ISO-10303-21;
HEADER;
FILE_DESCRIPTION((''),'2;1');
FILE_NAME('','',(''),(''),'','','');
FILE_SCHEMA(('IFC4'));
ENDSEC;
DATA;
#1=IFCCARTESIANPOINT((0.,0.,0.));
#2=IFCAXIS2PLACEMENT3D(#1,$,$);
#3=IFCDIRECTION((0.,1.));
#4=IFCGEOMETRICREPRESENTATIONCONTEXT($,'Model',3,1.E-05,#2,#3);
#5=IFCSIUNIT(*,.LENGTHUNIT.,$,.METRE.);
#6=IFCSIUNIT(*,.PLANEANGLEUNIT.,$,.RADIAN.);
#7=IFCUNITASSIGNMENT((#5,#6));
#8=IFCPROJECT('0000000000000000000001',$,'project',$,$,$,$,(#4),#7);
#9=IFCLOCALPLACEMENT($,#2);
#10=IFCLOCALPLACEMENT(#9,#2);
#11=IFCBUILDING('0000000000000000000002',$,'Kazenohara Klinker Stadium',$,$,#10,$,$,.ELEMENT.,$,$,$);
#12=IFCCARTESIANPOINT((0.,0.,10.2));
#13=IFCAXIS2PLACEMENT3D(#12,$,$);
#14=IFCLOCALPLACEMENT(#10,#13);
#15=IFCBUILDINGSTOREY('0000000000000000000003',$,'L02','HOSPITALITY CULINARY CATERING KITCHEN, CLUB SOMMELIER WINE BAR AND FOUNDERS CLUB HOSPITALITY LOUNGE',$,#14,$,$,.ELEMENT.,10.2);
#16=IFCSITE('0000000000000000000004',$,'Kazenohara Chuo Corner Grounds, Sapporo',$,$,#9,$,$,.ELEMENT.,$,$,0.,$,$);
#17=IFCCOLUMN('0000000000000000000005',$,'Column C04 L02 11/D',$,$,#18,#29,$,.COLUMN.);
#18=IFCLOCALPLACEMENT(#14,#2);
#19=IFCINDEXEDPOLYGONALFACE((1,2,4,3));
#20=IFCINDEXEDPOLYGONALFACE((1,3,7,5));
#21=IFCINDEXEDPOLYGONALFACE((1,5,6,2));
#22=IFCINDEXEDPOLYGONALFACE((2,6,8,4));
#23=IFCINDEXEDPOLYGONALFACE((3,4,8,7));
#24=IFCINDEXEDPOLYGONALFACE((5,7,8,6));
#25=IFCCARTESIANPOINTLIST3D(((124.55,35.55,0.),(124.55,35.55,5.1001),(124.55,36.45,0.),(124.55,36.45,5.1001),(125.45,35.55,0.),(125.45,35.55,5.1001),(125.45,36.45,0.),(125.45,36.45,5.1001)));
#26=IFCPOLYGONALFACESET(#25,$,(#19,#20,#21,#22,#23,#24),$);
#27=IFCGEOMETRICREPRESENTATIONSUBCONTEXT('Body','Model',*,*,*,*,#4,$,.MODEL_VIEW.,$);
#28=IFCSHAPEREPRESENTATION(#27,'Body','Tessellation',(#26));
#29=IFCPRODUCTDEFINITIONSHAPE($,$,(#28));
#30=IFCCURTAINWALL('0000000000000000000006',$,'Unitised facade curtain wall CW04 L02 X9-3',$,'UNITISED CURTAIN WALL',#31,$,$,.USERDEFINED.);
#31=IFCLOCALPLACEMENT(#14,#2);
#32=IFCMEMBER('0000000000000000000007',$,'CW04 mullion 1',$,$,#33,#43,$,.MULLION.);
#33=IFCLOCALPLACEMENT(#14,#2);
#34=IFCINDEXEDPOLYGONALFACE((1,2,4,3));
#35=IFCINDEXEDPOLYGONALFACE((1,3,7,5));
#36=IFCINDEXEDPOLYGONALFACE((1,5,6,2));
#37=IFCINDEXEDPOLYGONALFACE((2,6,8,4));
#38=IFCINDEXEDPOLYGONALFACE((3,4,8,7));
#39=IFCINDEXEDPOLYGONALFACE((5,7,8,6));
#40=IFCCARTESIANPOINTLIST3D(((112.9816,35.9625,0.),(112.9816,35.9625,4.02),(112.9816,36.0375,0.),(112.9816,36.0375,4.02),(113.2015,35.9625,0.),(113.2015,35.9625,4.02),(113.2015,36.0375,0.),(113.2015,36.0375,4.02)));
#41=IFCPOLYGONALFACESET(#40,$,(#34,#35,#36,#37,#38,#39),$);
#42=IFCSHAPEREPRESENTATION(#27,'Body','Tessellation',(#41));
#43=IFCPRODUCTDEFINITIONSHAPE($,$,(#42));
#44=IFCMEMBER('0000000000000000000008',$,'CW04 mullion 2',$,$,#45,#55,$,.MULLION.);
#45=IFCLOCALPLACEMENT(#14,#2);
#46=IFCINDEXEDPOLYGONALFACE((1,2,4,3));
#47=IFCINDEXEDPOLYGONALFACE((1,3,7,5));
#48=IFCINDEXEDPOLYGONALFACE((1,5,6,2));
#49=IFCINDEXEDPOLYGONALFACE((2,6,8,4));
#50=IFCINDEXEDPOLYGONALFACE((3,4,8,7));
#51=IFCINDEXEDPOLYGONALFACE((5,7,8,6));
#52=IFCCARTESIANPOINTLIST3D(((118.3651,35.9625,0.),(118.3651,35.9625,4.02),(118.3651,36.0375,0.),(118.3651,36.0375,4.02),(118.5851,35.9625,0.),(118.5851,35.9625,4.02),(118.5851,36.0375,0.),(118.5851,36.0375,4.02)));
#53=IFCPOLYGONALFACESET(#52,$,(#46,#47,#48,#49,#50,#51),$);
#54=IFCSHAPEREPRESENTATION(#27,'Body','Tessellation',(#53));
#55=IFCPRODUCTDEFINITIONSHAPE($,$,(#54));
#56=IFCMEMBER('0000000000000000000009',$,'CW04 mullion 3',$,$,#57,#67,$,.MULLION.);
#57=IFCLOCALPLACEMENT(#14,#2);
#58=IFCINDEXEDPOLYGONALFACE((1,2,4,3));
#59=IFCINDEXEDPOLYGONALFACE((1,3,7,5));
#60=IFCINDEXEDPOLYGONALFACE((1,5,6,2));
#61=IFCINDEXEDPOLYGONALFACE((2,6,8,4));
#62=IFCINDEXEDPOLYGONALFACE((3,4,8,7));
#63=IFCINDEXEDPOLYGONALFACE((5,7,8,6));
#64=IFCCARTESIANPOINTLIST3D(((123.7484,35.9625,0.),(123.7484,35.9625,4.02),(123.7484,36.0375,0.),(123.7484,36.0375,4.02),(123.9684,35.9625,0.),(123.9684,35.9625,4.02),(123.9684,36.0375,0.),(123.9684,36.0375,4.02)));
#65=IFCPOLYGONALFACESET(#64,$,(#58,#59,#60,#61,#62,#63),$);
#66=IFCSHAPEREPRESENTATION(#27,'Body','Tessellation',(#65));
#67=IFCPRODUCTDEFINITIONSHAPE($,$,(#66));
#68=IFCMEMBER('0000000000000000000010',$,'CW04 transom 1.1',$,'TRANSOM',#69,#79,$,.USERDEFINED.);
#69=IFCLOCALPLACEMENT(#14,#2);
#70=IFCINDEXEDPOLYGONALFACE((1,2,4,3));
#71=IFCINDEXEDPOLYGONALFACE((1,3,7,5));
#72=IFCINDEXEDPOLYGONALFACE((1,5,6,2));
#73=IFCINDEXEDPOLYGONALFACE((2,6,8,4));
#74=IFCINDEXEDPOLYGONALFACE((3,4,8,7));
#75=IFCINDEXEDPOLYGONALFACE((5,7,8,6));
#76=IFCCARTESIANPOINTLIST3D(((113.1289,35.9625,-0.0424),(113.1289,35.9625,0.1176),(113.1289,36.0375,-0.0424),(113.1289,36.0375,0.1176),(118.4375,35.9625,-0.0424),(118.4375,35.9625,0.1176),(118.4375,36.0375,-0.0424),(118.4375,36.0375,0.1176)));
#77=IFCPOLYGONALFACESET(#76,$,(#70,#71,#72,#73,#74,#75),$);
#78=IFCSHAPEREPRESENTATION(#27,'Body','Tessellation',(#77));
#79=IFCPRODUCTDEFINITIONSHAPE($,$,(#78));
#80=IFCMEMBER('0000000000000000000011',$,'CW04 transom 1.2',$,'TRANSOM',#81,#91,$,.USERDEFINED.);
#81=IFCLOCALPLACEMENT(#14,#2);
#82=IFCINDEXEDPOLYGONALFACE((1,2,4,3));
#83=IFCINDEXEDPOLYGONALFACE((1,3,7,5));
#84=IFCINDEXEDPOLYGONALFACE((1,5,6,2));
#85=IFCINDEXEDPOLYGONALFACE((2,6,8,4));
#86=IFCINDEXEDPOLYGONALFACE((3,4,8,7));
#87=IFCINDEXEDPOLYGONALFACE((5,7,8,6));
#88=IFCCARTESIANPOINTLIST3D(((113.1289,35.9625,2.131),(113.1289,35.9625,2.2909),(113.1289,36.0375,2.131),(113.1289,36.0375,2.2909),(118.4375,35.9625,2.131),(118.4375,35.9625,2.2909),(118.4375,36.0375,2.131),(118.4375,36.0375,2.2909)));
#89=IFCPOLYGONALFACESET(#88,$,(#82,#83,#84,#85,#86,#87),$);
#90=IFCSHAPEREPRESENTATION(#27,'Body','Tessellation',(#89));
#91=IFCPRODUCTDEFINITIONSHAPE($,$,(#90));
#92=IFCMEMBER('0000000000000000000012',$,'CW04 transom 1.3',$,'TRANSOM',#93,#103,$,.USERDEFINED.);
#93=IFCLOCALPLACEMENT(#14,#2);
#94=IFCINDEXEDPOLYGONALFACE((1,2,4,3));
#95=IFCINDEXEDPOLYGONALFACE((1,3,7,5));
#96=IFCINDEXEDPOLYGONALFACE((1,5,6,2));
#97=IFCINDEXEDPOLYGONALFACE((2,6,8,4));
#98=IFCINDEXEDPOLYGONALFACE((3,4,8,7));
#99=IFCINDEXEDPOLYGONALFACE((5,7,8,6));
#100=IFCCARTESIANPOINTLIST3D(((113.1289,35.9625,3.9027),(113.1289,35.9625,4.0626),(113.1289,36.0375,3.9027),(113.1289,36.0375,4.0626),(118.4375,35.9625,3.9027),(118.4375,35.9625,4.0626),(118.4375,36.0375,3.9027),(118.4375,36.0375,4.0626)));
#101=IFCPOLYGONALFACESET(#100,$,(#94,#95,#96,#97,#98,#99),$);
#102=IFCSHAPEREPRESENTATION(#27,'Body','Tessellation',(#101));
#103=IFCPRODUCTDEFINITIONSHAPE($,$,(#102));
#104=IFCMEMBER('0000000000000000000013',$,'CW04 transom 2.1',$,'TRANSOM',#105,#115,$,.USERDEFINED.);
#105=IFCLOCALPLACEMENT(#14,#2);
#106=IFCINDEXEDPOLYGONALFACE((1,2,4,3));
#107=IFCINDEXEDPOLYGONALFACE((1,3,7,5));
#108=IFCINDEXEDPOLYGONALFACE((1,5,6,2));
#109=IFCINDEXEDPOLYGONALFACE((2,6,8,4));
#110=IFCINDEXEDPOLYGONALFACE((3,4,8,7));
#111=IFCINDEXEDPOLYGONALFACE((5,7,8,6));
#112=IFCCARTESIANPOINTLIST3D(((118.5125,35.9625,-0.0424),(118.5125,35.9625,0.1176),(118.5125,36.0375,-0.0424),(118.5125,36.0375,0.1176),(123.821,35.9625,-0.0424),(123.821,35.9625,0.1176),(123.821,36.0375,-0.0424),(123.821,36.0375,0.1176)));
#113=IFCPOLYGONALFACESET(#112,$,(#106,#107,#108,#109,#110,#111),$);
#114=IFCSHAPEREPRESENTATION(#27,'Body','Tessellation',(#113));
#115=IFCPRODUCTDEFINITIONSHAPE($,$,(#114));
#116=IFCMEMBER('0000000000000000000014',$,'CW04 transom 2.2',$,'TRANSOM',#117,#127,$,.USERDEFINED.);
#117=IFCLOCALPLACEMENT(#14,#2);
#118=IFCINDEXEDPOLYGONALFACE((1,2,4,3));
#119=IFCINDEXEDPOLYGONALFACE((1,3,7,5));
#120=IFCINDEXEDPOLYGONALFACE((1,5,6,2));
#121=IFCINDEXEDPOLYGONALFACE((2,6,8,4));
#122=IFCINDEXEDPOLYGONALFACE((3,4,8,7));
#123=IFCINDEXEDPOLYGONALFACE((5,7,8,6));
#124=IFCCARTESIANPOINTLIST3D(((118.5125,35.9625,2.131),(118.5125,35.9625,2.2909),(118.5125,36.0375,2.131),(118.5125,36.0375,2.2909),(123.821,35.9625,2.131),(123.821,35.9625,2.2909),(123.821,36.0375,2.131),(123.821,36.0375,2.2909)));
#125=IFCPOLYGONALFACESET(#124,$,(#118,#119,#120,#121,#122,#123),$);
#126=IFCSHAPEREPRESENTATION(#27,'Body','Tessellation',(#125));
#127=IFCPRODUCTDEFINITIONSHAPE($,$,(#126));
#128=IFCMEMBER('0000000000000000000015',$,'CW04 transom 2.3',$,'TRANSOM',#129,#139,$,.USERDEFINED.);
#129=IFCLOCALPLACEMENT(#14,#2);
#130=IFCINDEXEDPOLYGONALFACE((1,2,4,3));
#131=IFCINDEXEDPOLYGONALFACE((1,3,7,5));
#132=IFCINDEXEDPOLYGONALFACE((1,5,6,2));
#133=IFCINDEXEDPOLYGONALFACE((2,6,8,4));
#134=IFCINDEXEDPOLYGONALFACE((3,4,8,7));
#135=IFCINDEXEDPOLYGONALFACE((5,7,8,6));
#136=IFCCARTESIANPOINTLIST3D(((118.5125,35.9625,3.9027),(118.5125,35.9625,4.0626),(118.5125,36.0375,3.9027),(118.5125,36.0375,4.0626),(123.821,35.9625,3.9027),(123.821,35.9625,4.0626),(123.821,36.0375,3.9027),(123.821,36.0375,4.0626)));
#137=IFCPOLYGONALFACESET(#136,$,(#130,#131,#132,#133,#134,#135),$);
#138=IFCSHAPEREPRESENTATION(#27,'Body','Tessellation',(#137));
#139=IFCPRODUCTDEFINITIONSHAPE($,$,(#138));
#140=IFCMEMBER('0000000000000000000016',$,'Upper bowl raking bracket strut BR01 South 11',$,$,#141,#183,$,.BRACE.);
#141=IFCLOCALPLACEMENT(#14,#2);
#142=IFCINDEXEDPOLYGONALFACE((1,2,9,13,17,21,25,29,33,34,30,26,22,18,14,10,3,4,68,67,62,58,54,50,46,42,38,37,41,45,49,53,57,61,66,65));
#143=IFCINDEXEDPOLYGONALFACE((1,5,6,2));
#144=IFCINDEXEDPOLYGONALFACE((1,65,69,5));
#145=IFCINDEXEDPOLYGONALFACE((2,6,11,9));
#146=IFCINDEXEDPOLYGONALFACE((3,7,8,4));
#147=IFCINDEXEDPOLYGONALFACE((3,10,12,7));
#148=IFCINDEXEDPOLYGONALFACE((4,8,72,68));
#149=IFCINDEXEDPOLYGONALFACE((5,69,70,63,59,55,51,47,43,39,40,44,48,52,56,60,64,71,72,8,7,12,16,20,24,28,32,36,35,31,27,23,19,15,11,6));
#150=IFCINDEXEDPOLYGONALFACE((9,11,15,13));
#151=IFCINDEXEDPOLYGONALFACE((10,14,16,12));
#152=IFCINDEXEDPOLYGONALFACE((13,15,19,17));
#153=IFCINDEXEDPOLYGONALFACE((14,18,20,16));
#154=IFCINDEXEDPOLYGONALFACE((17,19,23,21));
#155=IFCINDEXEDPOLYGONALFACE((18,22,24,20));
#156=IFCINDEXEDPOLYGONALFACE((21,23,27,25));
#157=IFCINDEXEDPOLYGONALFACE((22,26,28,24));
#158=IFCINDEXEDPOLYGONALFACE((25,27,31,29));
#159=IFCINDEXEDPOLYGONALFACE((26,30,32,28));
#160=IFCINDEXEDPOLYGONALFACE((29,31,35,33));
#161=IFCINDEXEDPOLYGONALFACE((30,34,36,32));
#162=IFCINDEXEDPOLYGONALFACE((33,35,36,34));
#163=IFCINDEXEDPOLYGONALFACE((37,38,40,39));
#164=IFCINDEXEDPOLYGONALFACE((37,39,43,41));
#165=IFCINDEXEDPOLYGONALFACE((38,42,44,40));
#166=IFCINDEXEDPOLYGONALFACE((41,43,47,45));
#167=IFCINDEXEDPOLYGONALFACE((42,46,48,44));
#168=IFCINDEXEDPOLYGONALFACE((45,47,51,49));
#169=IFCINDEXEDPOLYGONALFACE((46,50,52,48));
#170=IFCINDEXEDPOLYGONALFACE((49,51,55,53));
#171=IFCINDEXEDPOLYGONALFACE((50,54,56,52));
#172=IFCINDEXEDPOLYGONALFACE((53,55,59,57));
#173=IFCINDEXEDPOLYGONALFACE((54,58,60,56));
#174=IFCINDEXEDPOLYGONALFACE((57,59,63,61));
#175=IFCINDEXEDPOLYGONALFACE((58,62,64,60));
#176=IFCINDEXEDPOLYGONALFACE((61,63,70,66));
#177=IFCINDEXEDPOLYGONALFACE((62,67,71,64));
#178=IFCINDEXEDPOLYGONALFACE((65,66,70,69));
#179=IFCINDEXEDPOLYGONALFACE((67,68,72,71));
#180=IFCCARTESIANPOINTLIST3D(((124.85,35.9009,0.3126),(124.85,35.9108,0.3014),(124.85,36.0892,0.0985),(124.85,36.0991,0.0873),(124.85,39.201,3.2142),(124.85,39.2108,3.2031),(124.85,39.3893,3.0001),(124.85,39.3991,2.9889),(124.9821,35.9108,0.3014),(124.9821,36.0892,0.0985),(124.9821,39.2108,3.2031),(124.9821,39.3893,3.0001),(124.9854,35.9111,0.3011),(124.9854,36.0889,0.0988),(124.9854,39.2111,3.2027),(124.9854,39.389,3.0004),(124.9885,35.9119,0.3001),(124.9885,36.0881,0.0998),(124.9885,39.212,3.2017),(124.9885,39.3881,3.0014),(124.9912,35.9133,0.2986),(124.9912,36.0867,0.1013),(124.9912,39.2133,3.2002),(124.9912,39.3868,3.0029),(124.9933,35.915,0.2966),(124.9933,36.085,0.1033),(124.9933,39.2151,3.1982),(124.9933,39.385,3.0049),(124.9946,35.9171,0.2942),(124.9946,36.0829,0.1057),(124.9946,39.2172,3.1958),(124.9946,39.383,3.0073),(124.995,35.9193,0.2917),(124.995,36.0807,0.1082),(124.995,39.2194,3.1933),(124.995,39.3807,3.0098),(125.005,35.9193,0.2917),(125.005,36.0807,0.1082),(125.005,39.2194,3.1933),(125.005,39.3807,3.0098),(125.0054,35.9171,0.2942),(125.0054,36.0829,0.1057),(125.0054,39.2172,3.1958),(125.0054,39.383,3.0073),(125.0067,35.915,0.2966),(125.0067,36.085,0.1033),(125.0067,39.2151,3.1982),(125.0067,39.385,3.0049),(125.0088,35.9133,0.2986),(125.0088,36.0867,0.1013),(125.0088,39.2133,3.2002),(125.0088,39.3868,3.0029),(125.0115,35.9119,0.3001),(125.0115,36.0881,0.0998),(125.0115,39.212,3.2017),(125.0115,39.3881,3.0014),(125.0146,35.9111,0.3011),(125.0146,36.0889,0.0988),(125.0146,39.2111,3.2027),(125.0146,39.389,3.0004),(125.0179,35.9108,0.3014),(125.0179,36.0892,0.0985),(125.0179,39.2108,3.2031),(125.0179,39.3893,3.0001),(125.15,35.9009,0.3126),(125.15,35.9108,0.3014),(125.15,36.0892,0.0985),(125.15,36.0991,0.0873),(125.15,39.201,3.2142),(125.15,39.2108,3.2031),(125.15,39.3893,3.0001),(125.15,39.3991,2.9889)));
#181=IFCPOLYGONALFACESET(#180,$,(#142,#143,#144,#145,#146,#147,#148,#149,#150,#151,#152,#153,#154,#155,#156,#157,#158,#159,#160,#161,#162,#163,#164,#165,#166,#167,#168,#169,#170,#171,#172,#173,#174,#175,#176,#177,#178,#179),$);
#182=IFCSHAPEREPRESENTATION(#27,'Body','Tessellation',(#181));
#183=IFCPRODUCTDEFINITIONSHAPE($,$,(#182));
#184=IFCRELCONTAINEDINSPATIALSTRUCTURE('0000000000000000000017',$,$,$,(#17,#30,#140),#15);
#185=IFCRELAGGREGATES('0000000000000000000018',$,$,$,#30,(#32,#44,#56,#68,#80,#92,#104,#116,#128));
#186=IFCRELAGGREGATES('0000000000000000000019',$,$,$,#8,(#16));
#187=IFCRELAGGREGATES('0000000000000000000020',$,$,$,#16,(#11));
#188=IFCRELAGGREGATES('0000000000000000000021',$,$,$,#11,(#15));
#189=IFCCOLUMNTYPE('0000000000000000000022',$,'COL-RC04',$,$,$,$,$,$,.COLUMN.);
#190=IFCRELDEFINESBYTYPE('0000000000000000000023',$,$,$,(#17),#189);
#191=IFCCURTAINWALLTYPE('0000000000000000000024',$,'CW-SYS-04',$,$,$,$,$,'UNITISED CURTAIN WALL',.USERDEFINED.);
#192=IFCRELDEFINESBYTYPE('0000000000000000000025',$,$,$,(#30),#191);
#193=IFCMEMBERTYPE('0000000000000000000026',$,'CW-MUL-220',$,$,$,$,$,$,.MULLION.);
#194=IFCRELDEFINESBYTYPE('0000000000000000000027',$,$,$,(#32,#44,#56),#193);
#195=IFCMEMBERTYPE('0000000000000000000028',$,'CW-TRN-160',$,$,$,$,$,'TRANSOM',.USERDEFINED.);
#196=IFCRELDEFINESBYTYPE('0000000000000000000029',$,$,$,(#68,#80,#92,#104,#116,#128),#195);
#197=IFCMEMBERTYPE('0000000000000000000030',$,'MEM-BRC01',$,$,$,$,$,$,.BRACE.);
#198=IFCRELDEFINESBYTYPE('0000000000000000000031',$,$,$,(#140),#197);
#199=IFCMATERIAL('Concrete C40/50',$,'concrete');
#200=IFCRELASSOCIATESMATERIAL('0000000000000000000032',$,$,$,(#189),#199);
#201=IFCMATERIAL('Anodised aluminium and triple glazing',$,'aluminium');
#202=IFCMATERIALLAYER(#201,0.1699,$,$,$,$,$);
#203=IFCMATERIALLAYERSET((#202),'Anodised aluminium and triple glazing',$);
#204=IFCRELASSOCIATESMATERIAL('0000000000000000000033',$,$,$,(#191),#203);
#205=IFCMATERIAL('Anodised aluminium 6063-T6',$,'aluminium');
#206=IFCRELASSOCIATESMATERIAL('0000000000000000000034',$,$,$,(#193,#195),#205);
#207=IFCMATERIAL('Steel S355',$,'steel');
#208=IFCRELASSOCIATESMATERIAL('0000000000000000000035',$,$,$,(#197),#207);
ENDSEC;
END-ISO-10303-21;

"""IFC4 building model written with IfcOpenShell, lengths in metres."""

from ifc_helpers import new_model, si_unit, direction, frame, origin, origin_2d, place, context, subcontext, project, spatial, rectangle, i_section, extrude, material, layer, layer_set, material_profile, profile_set, type_object, element, aggregate, save


model = new_model("IFC4")

# Units and contexts
model_context = context("Model", 3, precision=1e-05, world=origin(), true_north=direction((0.0, 1.0)))
body_context = subcontext(model_context, "Body", "Model", "MODEL_VIEW")
ifc_project = project(units=[si_unit("LENGTHUNIT", "METRE"), si_unit("PLANEANGLEUNIT", "RADIAN")], contexts=[model_context])

# Site, building, storey
site_placement = place(None, origin())
site = spatial("IfcSite", under=ifc_project, at=site_placement, Name="Kazenohara Chuo Corner Grounds, Sapporo", CompositionType="ELEMENT", RefElevation=0.0)
building_placement = place(site_placement, origin())
building = spatial("IfcBuilding", under=site, at=building_placement, Name="Kazenohara Klinker Stadium", CompositionType="ELEMENT")
storey_placement = place(building_placement, frame((0.0, 0.0, 10.2)))
storey = spatial("IfcBuildingStorey", under=building, at=storey_placement, Name="L02", Description="HOSPITALITY CULINARY CATERING KITCHEN, CLUB SOMMELIER WINE BAR AND FOUNDERS CLUB HOSPITALITY LOUNGE", CompositionType="ELEMENT", Elevation=10.2)

# Column
ifc_material_1 = material(Name="Concrete C40/50", Category="concrete")
ifc_material_profile_1 = material_profile(ifc_material_1, rectangle(XDim=0.8999, YDim=0.8999, at=origin_2d()), Name="RC-COL-900x900")
ifc_profile_set_1 = profile_set([ifc_material_profile_1], Name="Concrete C40/50")
column_type = type_object("IfcColumnType", Name="COL-RC04", PredefinedType="COLUMN", material=ifc_profile_set_1)
column_placement = place(storey_placement, frame((125.0, 36.0, 0.0), z_axis=(0.0, 0.0, 1.0), x_axis=(1.0, 0.0, 0.0)))
element("IfcColumn", 1, at=column_placement, inside=storey, type_object=column_type, Name="Column C04 L02 11/D", PredefinedType="COLUMN", context=body_context, shape_type="SweptSolid", body=[
    extrude(rectangle(XDim=0.8999, YDim=0.8999, at=origin_2d()), origin(), (0.0, 0.0, 1.0), 5.1001),
])

# Curtain wall, members
ifc_material_2 = material(Name="Anodised aluminium and triple glazing", Category="aluminium")
ifc_layer_1 = layer(ifc_material_2, 0.1699)
ifc_layer_set_1 = layer_set([ifc_layer_1], Name="Anodised aluminium and triple glazing")
curtain_wall_type = type_object("IfcCurtainWallType", Name="CW-SYS-04", ElementType="UNITISED CURTAIN WALL", PredefinedType="USERDEFINED", material=ifc_layer_set_1)
curtain_wall_placement = place(storey_placement, origin())
curtain_wall = element("IfcCurtainWall", 2, at=curtain_wall_placement, inside=storey, type_object=curtain_wall_type, Name="Unitised facade curtain wall CW04 L02 X9-3", ObjectType="UNITISED CURTAIN WALL", PredefinedType="USERDEFINED")
ifc_material_3 = material(Name="Anodised aluminium 6063-T6", Category="aluminium")
ifc_material_profile_2 = material_profile(ifc_material_3, rectangle(XDim=0.075, YDim=0.22, at=origin_2d()), Name="ALU-MUL-75x220")
ifc_profile_set_2 = profile_set([ifc_material_profile_2], Name="Anodised aluminium 6063-T6")
member_type_1 = type_object("IfcMemberType", Name="CW-MUL-220", PredefinedType="MULLION", material=ifc_profile_set_2)
member_1_placement = place(storey_placement, frame((113.0916, 36.0, 0.0), z_axis=(0.0, 0.0, 1.0), x_axis=(0.0, 1.0, 0.0)))
member_1 = element("IfcMember", 3, at=member_1_placement, type_object=member_type_1, Name="CW04 mullion 1", PredefinedType="MULLION", context=body_context, shape_type="SweptSolid", body=[
    extrude(rectangle(XDim=0.075, YDim=0.22, at=origin_2d()), origin(), (0.0, 0.0, 1.0), 4.02),
])
member_2_placement = place(storey_placement, frame((118.4751, 36.0, 0.0), z_axis=(0.0, 0.0, 1.0), x_axis=(0.0, 1.0, 0.0)))
member_2 = element("IfcMember", 4, at=member_2_placement, type_object=member_type_1, Name="CW04 mullion 2", PredefinedType="MULLION", context=body_context, shape_type="SweptSolid", body=[
    extrude(rectangle(XDim=0.075, YDim=0.22, at=origin_2d()), origin(), (0.0, 0.0, 1.0), 4.02),
])
member_3_placement = place(storey_placement, frame((123.8584, 36.0, 0.0), z_axis=(0.0, 0.0, 1.0), x_axis=(0.0, 1.0, 0.0)))
member_3 = element("IfcMember", 5, at=member_3_placement, type_object=member_type_1, Name="CW04 mullion 3", PredefinedType="MULLION", context=body_context, shape_type="SweptSolid", body=[
    extrude(rectangle(XDim=0.075, YDim=0.22, at=origin_2d()), origin(), (0.0, 0.0, 1.0), 4.02),
])
ifc_material_profile_3 = material_profile(ifc_material_3, rectangle(XDim=0.075, YDim=0.1599, at=origin_2d()), Name="ALU-TRN-75x160")
ifc_profile_set_3 = profile_set([ifc_material_profile_3], Name="Anodised aluminium 6063-T6")
member_type_2 = type_object("IfcMemberType", Name="CW-TRN-160", ElementType="TRANSOM", PredefinedType="USERDEFINED", material=ifc_profile_set_3)
member_4_placement = place(storey_placement, frame((113.1289, 36.0, 0.0376), z_axis=(1.0, 0.0, 0.0), x_axis=(0.0, 1.0, 0.0)))
member_4 = element("IfcMember", 6, at=member_4_placement, type_object=member_type_2, Name="CW04 transom 1.1", ObjectType="TRANSOM", PredefinedType="USERDEFINED", context=body_context, shape_type="SweptSolid", body=[
    extrude(rectangle(XDim=0.075, YDim=0.1599, at=origin_2d()), origin(), (0.0, 0.0, 1.0), 5.3086),
])
member_5_placement = place(storey_placement, frame((113.1289, 36.0, 2.2109), z_axis=(1.0, 0.0, 0.0), x_axis=(0.0, 1.0, 0.0)))
member_5 = element("IfcMember", 7, at=member_5_placement, type_object=member_type_2, Name="CW04 transom 1.2", ObjectType="TRANSOM", PredefinedType="USERDEFINED", context=body_context, shape_type="SweptSolid", body=[
    extrude(rectangle(XDim=0.075, YDim=0.1599, at=origin_2d()), origin(), (0.0, 0.0, 1.0), 5.3086),
])
member_6_placement = place(storey_placement, frame((113.1289, 36.0, 3.9827), z_axis=(1.0, 0.0, 0.0), x_axis=(0.0, 1.0, 0.0)))
member_6 = element("IfcMember", 8, at=member_6_placement, type_object=member_type_2, Name="CW04 transom 1.3", ObjectType="TRANSOM", PredefinedType="USERDEFINED", context=body_context, shape_type="SweptSolid", body=[
    extrude(rectangle(XDim=0.075, YDim=0.1599, at=origin_2d()), origin(), (0.0, 0.0, 1.0), 5.3086),
])
member_7_placement = place(storey_placement, frame((118.5125, 36.0, 0.0376), z_axis=(1.0, 0.0, 0.0), x_axis=(0.0, 1.0, 0.0)))
member_7 = element("IfcMember", 9, at=member_7_placement, type_object=member_type_2, Name="CW04 transom 2.1", ObjectType="TRANSOM", PredefinedType="USERDEFINED", context=body_context, shape_type="SweptSolid", body=[
    extrude(rectangle(XDim=0.075, YDim=0.1599, at=origin_2d()), origin(), (0.0, 0.0, 1.0), 5.3086),
])
member_8_placement = place(storey_placement, frame((118.5125, 36.0, 2.2109), z_axis=(1.0, 0.0, 0.0), x_axis=(0.0, 1.0, 0.0)))
member_8 = element("IfcMember", 10, at=member_8_placement, type_object=member_type_2, Name="CW04 transom 2.2", ObjectType="TRANSOM", PredefinedType="USERDEFINED", context=body_context, shape_type="SweptSolid", body=[
    extrude(rectangle(XDim=0.075, YDim=0.1599, at=origin_2d()), origin(), (0.0, 0.0, 1.0), 5.3086),
])
member_9_placement = place(storey_placement, frame((118.5125, 36.0, 3.9827), z_axis=(1.0, 0.0, 0.0), x_axis=(0.0, 1.0, 0.0)))
member_9 = element("IfcMember", 11, at=member_9_placement, type_object=member_type_2, Name="CW04 transom 2.3", ObjectType="TRANSOM", PredefinedType="USERDEFINED", context=body_context, shape_type="SweptSolid", body=[
    extrude(rectangle(XDim=0.075, YDim=0.1599, at=origin_2d()), origin(), (0.0, 0.0, 1.0), 5.3086),
])

# Member
ifc_material_4 = material(Name="Steel S355", Category="steel")
ifc_material_profile_4 = material_profile(ifc_material_4, i_section(OverallWidth=0.3, OverallDepth=0.3, WebThickness=0.01, FlangeThickness=0.0149, FilletRadius=0.0129, at=origin_2d()), Name="H-300x300x10x15")
ifc_profile_set_4 = profile_set([ifc_material_profile_4], Name="Steel S355")
member_type_3 = type_object("IfcMemberType", Name="MEM-BRC01", PredefinedType="BRACE", material=ifc_profile_set_4)
member_10_placement = place(storey_placement, frame((125.0, 36.0, 0.2), z_axis=(0.0, 0.750988, 0.660316), x_axis=(-1.0, 0.0, 0.0)))
element("IfcMember", 12, at=member_10_placement, inside=storey, type_object=member_type_3, Name="Upper bowl raking bracket strut BR01 South 11", PredefinedType="BRACE", context=body_context, shape_type="SweptSolid", body=[
    extrude(i_section(OverallWidth=0.3, OverallDepth=0.3, WebThickness=0.01, FlangeThickness=0.0149, FilletRadius=0.0129, at=origin_2d()), origin(), (0.0, 0.0, 1.0), 4.3943),
])

aggregate(curtain_wall, [member_1, member_2, member_3, member_4, member_5, member_6, member_7, member_8, member_9])

save(model, "model.ifc")
